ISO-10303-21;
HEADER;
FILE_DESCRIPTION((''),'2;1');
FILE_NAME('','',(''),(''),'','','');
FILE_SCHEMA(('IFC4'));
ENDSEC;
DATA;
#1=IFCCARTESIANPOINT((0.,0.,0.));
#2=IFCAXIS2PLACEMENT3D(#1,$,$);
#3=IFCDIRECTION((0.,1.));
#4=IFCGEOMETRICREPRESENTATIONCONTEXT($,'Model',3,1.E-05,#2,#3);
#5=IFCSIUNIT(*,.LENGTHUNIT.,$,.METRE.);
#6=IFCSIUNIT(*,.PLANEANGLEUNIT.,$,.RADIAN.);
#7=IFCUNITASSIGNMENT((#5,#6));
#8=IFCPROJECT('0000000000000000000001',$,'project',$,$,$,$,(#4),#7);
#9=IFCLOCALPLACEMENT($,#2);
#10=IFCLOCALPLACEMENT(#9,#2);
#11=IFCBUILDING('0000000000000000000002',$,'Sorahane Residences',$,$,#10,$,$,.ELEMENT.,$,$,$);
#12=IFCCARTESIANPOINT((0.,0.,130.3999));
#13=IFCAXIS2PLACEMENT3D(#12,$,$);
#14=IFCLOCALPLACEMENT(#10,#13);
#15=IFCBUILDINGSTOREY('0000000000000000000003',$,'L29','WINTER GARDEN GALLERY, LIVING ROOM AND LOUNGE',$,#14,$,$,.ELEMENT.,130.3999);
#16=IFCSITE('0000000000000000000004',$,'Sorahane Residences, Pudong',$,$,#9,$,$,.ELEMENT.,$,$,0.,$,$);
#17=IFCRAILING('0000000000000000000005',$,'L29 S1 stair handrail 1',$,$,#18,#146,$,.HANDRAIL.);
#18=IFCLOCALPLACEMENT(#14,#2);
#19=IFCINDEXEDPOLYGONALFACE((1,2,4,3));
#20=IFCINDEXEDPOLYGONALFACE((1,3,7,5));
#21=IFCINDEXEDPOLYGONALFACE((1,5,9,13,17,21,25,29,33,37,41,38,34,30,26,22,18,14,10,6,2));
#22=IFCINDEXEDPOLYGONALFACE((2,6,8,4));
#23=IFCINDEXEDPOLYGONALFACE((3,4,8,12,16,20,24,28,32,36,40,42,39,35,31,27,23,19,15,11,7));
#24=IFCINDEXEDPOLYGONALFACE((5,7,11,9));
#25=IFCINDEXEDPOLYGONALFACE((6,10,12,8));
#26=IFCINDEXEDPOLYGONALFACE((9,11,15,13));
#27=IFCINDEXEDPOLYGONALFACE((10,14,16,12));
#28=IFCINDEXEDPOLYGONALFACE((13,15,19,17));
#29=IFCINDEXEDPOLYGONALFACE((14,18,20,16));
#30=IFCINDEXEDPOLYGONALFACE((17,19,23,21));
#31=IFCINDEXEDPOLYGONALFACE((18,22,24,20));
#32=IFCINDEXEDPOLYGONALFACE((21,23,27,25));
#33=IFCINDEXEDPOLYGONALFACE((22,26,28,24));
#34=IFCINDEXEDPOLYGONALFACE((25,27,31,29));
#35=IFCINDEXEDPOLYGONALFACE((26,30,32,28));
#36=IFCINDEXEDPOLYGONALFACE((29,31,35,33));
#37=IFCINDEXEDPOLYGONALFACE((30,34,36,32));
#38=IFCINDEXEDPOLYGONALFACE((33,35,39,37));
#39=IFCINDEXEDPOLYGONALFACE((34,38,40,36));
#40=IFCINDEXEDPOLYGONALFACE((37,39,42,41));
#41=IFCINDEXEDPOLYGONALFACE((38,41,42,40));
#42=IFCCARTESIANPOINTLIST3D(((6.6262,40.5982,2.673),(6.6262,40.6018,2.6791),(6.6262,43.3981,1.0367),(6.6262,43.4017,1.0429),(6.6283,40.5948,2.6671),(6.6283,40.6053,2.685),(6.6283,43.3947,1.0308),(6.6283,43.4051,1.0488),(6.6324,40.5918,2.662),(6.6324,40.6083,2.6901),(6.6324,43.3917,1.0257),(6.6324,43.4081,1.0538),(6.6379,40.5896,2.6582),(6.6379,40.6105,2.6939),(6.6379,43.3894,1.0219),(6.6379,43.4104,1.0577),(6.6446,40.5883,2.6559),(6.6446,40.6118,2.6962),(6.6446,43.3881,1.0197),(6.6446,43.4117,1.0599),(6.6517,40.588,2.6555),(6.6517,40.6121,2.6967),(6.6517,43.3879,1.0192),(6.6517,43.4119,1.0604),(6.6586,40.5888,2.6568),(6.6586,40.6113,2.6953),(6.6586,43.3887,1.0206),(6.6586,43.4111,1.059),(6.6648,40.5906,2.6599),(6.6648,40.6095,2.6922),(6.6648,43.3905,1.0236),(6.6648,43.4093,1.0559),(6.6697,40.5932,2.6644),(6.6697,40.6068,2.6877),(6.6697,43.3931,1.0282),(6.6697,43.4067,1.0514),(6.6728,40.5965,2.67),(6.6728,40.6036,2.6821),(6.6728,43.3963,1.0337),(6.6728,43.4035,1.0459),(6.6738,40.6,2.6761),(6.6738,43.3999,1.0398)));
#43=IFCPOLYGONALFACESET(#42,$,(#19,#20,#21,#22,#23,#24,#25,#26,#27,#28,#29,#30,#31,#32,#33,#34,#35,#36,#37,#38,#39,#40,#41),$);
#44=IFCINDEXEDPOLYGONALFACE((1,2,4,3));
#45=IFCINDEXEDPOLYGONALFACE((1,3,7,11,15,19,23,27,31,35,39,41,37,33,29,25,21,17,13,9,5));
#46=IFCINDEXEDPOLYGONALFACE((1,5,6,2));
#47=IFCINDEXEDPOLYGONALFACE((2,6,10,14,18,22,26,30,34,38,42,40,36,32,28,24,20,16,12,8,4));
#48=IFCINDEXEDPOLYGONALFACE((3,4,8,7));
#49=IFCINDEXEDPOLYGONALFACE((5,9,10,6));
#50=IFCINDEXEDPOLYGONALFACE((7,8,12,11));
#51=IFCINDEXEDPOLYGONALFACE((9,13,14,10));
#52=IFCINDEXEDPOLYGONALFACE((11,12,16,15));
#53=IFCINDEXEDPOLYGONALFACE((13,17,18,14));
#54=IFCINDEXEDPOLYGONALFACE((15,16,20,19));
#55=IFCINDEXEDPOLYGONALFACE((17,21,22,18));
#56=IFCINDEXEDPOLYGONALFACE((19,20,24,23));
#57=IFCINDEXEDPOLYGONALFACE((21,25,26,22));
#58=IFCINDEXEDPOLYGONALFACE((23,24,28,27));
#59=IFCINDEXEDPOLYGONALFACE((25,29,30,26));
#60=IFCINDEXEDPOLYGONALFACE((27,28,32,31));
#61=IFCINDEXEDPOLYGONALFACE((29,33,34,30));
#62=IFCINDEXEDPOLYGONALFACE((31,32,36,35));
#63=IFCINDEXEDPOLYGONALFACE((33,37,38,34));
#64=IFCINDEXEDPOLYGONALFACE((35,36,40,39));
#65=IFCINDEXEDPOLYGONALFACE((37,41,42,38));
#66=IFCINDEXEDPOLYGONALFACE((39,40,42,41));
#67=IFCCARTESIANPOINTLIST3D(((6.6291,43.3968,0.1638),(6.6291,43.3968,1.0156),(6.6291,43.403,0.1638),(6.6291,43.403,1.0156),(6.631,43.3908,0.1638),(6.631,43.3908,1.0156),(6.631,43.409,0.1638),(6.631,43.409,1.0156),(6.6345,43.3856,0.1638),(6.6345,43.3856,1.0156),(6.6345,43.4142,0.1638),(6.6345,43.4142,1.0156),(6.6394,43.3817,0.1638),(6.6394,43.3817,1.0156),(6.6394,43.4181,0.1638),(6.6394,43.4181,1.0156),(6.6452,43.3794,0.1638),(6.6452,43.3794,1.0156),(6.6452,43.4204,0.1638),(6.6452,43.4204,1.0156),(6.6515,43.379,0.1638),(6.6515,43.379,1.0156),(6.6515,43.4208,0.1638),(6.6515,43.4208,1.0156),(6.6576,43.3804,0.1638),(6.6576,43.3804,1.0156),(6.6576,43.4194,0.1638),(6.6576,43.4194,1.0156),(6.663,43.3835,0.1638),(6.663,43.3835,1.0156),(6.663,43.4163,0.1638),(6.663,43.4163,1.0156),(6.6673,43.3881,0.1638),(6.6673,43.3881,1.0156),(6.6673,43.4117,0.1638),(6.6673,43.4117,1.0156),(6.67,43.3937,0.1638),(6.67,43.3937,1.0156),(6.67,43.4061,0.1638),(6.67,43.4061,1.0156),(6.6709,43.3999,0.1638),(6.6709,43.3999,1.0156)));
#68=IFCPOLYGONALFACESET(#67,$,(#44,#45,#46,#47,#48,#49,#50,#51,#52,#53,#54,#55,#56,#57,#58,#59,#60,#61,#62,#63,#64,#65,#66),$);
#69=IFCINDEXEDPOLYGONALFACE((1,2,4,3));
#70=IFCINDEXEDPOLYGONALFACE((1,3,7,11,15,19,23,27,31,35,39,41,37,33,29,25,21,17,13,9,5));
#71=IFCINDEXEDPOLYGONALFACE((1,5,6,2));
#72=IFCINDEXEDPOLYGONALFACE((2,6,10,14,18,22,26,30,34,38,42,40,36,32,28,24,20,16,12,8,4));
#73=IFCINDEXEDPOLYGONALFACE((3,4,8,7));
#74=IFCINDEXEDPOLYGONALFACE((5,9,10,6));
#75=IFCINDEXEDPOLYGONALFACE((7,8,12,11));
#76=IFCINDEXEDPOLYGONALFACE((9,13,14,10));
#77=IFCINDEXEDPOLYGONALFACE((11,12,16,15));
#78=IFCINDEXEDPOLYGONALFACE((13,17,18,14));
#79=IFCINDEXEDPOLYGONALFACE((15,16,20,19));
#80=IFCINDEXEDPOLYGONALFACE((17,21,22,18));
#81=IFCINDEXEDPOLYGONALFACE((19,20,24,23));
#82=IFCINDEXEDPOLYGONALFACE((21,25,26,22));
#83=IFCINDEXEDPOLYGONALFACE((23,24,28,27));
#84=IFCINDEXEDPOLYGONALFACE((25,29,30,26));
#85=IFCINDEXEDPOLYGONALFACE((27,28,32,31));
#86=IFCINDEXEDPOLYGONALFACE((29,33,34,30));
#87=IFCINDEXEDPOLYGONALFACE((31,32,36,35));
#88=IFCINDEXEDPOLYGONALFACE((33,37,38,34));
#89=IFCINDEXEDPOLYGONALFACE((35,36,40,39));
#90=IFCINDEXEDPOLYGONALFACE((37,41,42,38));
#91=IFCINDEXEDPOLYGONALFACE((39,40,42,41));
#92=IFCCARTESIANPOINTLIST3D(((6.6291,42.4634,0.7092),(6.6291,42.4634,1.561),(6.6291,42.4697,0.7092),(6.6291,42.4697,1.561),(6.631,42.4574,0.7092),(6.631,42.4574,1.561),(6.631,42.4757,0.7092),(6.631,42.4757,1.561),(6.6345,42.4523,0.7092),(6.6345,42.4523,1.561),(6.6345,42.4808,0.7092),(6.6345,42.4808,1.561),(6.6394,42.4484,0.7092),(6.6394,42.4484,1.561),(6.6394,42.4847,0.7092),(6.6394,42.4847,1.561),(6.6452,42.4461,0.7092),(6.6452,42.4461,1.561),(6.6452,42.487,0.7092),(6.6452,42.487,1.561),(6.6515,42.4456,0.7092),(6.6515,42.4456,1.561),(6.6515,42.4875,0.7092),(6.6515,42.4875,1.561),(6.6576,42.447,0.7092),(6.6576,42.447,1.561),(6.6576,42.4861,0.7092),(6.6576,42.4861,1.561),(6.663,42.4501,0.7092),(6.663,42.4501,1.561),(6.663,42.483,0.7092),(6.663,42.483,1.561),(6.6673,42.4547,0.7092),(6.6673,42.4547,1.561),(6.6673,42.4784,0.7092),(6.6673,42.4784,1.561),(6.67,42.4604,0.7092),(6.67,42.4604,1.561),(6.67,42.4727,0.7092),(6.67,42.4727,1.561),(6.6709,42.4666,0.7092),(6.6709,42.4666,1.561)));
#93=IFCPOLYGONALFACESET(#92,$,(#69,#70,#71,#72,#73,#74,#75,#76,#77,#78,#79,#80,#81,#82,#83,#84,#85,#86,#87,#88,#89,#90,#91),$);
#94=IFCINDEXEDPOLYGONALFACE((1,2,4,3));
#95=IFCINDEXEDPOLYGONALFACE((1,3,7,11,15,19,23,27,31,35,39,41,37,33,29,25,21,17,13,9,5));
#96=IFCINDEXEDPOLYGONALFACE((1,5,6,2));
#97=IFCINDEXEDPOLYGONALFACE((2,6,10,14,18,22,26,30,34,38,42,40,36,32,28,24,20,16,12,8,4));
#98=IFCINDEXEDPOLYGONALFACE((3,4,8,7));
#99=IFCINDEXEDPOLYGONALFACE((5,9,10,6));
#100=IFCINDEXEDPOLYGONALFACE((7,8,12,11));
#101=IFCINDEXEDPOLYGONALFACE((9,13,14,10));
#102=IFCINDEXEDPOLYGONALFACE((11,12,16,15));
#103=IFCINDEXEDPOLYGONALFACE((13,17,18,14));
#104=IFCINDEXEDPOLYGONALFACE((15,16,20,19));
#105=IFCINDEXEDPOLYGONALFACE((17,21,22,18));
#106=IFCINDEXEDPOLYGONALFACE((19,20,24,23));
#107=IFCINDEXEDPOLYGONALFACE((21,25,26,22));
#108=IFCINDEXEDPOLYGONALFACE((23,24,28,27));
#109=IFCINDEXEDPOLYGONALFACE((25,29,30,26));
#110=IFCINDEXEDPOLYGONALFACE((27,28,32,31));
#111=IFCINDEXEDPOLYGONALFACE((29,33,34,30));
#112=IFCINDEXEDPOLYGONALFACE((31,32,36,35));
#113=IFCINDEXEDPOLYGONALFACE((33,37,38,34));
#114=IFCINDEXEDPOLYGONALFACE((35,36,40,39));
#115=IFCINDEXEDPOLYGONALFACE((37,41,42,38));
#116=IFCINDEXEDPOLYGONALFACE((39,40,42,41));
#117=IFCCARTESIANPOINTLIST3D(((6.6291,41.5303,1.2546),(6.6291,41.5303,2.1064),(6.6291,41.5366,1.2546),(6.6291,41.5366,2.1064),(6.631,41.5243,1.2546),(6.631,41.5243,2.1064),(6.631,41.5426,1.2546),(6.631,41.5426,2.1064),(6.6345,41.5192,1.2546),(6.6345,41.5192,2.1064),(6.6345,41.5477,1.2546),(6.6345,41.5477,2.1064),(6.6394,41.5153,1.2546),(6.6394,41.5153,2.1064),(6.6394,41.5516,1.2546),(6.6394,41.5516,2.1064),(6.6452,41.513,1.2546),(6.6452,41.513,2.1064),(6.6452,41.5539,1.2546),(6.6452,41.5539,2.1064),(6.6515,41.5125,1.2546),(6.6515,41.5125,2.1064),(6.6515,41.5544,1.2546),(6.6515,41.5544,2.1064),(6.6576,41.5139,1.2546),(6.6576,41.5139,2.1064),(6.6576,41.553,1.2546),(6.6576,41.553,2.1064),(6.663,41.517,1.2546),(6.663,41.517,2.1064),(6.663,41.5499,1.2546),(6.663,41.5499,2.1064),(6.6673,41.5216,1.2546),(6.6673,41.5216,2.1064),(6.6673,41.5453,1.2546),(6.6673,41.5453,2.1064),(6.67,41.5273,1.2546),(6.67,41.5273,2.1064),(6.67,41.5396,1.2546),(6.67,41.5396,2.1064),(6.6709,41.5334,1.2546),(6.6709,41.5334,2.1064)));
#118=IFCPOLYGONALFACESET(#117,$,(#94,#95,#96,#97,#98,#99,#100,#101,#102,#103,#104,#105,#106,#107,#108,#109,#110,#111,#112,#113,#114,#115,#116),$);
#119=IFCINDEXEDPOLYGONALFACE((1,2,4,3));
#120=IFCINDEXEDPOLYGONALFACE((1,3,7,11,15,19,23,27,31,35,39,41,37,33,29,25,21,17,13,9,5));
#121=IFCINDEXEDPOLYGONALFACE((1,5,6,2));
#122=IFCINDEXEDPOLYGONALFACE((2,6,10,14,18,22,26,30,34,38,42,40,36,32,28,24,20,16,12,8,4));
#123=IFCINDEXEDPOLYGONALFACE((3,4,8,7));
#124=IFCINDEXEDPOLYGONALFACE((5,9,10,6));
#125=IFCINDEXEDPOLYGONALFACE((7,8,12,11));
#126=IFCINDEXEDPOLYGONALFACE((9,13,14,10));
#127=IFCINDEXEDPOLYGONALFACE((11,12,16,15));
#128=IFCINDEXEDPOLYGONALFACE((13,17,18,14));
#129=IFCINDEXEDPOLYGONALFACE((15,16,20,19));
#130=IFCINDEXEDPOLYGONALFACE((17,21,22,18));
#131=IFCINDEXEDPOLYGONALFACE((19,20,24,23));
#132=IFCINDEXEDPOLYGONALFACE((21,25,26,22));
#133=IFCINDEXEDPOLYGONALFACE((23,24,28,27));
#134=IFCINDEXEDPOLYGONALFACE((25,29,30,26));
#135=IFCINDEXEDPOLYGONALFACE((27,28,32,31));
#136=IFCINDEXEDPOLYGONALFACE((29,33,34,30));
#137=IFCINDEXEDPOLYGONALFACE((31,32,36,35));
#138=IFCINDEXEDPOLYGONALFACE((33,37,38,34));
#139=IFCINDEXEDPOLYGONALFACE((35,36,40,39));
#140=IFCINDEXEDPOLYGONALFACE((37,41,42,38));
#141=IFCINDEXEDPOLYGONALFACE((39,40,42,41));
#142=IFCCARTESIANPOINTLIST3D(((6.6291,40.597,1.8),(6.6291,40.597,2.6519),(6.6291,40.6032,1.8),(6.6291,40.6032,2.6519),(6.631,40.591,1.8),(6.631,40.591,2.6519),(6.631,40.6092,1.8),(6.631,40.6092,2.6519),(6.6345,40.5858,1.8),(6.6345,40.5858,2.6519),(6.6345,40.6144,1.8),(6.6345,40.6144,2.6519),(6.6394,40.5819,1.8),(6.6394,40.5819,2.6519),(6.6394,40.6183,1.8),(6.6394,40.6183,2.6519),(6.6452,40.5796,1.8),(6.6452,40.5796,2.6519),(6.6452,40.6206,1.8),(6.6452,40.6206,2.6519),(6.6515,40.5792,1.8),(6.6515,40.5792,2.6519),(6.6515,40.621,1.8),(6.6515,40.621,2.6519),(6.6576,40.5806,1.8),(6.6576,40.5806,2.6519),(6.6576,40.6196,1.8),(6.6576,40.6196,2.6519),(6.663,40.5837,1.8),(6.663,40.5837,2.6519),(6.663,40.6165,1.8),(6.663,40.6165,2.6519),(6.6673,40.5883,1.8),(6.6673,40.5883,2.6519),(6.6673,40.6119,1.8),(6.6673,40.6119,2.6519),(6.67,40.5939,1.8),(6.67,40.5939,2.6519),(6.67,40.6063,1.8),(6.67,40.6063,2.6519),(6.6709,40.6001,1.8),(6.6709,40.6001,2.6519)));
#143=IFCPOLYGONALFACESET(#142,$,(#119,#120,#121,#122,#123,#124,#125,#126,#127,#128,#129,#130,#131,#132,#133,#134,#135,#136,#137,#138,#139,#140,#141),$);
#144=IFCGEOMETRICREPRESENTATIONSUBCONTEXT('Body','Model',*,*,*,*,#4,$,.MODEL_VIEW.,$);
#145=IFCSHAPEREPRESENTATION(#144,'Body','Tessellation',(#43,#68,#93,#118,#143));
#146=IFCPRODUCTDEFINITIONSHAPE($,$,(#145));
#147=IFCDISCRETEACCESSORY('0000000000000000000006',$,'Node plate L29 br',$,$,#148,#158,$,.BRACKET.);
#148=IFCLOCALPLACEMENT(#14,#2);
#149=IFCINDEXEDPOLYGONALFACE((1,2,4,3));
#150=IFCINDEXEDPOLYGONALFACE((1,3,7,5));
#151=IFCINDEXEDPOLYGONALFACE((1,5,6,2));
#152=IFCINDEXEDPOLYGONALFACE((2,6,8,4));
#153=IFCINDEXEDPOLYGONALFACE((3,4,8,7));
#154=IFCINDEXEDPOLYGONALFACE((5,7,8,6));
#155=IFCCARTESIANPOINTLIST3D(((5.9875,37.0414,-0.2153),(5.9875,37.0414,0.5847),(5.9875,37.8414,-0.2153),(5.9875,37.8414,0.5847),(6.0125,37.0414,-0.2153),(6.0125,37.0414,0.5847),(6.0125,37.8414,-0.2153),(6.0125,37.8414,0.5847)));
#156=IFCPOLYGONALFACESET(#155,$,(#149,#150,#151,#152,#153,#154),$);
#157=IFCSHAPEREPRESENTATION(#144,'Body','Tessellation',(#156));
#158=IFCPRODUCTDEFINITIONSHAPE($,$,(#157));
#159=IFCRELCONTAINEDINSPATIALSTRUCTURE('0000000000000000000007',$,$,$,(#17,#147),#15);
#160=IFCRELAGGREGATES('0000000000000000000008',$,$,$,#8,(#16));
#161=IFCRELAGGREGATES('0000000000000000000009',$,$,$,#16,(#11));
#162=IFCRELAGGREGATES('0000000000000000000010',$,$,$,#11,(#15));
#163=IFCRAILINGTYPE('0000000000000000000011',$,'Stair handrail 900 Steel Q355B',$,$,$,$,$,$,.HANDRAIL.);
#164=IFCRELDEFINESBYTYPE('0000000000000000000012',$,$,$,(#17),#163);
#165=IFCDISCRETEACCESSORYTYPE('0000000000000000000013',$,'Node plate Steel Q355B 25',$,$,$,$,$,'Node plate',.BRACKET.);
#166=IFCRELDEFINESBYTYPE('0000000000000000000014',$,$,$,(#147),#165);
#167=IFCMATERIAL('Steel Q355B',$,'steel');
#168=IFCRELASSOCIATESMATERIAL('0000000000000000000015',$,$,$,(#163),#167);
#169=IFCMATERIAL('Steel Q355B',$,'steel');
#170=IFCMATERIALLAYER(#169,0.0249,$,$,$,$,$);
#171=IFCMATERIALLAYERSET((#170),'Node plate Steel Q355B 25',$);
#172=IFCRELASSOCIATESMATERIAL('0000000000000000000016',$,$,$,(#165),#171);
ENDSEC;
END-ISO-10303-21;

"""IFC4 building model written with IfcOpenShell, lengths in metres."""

from ifc_helpers import new_model, si_unit, direction, frame, origin, origin_2d, place, context, subcontext, project, spatial, rectangle, circle, extrude, material, layer, layer_set, type_object, element, save


model = new_model("IFC4")

# Units and contexts
model_context = context("Model", 3, precision=1e-05, world=origin(), true_north=direction((0.0, 1.0)))
body_context = subcontext(model_context, "Body", "Model", "MODEL_VIEW")
ifc_project = project(units=[si_unit("LENGTHUNIT", "METRE"), si_unit("PLANEANGLEUNIT", "RADIAN")], contexts=[model_context])

# Site, building, storey
site_placement = place(None, origin())
site = spatial("IfcSite", under=ifc_project, at=site_placement, Name="Sorahane Residences, Pudong", CompositionType="ELEMENT", RefElevation=0.0)
building_placement = place(site_placement, origin())
building = spatial("IfcBuilding", under=site, at=building_placement, Name="Sorahane Residences", CompositionType="ELEMENT")
storey_placement = place(building_placement, frame((0.0, 0.0, 130.3999)))
storey = spatial("IfcBuildingStorey", under=building, at=storey_placement, Name="L29", Description="WINTER GARDEN GALLERY, LIVING ROOM AND LOUNGE", CompositionType="ELEMENT", Elevation=130.3999)

# Railing
ifc_material_1 = material(Name="Steel Q355B", Category="steel")
railing_type = type_object("IfcRailingType", Name="Stair handrail 900 Steel Q355B", PredefinedType="HANDRAIL", material=ifc_material_1)
railing_placement = place(storey_placement, frame((6.6499, 43.3999, 0.1638)))
element("IfcRailing", 1, at=railing_placement, inside=storey, type_object=railing_type, Name="L29 S1 stair handrail 1", PredefinedType="HANDRAIL", context=body_context, shape_type="SweptSolid", body=[
    extrude(circle(Radius=0.0239, at=origin_2d()), frame((0.0, 0.0, 0.876), z_axis=(0.0, -0.863374, 0.504564), x_axis=(1.0, 0.0, 0.0)), (0.0, 0.0, 1.0), 3.2429),
    extrude(circle(Radius=0.021, at=origin_2d()), origin(), (0.0, 0.0, 1.0), 0.8518),
    extrude(circle(Radius=0.021, at=origin_2d()), frame((0.0, -0.9333, 0.5454)), (0.0, 0.0, 1.0), 0.8518),
    extrude(circle(Radius=0.021, at=origin_2d()), frame((0.0, -1.8665, 1.0908)), (0.0, 0.0, 1.0), 0.8518),
    extrude(circle(Radius=0.021, at=origin_2d()), frame((0.0, -2.7998, 1.6362)), (0.0, 0.0, 1.0), 0.8518),
])

# Discrete accessory
ifc_material_2 = material(Name="Steel Q355B", Category="steel")
ifc_layer_1 = layer(ifc_material_2, 0.0249)
ifc_layer_set_1 = layer_set([ifc_layer_1], Name="Node plate Steel Q355B 25")
discrete_accessory_type = type_object("IfcDiscreteAccessoryType", Name="Node plate Steel Q355B 25", ElementType="Node plate", PredefinedType="BRACKET", material=ifc_layer_set_1)
discrete_accessory_placement = place(storey_placement, frame((6.0, 37.4414, -0.2153), z_axis=(0.0, 0.0, 1.0), x_axis=(0.0, 1.0, 0.0)))
element("IfcDiscreteAccessory", 2, at=discrete_accessory_placement, inside=storey, type_object=discrete_accessory_type, Name="Node plate L29 br", PredefinedType="BRACKET", context=body_context, shape_type="SweptSolid", body=[
    extrude(rectangle(XDim=0.8, YDim=0.0249, at=origin_2d()), origin(), (0.0, 0.0, 1.0), 0.8),
])

save(model, "model.ifc")
